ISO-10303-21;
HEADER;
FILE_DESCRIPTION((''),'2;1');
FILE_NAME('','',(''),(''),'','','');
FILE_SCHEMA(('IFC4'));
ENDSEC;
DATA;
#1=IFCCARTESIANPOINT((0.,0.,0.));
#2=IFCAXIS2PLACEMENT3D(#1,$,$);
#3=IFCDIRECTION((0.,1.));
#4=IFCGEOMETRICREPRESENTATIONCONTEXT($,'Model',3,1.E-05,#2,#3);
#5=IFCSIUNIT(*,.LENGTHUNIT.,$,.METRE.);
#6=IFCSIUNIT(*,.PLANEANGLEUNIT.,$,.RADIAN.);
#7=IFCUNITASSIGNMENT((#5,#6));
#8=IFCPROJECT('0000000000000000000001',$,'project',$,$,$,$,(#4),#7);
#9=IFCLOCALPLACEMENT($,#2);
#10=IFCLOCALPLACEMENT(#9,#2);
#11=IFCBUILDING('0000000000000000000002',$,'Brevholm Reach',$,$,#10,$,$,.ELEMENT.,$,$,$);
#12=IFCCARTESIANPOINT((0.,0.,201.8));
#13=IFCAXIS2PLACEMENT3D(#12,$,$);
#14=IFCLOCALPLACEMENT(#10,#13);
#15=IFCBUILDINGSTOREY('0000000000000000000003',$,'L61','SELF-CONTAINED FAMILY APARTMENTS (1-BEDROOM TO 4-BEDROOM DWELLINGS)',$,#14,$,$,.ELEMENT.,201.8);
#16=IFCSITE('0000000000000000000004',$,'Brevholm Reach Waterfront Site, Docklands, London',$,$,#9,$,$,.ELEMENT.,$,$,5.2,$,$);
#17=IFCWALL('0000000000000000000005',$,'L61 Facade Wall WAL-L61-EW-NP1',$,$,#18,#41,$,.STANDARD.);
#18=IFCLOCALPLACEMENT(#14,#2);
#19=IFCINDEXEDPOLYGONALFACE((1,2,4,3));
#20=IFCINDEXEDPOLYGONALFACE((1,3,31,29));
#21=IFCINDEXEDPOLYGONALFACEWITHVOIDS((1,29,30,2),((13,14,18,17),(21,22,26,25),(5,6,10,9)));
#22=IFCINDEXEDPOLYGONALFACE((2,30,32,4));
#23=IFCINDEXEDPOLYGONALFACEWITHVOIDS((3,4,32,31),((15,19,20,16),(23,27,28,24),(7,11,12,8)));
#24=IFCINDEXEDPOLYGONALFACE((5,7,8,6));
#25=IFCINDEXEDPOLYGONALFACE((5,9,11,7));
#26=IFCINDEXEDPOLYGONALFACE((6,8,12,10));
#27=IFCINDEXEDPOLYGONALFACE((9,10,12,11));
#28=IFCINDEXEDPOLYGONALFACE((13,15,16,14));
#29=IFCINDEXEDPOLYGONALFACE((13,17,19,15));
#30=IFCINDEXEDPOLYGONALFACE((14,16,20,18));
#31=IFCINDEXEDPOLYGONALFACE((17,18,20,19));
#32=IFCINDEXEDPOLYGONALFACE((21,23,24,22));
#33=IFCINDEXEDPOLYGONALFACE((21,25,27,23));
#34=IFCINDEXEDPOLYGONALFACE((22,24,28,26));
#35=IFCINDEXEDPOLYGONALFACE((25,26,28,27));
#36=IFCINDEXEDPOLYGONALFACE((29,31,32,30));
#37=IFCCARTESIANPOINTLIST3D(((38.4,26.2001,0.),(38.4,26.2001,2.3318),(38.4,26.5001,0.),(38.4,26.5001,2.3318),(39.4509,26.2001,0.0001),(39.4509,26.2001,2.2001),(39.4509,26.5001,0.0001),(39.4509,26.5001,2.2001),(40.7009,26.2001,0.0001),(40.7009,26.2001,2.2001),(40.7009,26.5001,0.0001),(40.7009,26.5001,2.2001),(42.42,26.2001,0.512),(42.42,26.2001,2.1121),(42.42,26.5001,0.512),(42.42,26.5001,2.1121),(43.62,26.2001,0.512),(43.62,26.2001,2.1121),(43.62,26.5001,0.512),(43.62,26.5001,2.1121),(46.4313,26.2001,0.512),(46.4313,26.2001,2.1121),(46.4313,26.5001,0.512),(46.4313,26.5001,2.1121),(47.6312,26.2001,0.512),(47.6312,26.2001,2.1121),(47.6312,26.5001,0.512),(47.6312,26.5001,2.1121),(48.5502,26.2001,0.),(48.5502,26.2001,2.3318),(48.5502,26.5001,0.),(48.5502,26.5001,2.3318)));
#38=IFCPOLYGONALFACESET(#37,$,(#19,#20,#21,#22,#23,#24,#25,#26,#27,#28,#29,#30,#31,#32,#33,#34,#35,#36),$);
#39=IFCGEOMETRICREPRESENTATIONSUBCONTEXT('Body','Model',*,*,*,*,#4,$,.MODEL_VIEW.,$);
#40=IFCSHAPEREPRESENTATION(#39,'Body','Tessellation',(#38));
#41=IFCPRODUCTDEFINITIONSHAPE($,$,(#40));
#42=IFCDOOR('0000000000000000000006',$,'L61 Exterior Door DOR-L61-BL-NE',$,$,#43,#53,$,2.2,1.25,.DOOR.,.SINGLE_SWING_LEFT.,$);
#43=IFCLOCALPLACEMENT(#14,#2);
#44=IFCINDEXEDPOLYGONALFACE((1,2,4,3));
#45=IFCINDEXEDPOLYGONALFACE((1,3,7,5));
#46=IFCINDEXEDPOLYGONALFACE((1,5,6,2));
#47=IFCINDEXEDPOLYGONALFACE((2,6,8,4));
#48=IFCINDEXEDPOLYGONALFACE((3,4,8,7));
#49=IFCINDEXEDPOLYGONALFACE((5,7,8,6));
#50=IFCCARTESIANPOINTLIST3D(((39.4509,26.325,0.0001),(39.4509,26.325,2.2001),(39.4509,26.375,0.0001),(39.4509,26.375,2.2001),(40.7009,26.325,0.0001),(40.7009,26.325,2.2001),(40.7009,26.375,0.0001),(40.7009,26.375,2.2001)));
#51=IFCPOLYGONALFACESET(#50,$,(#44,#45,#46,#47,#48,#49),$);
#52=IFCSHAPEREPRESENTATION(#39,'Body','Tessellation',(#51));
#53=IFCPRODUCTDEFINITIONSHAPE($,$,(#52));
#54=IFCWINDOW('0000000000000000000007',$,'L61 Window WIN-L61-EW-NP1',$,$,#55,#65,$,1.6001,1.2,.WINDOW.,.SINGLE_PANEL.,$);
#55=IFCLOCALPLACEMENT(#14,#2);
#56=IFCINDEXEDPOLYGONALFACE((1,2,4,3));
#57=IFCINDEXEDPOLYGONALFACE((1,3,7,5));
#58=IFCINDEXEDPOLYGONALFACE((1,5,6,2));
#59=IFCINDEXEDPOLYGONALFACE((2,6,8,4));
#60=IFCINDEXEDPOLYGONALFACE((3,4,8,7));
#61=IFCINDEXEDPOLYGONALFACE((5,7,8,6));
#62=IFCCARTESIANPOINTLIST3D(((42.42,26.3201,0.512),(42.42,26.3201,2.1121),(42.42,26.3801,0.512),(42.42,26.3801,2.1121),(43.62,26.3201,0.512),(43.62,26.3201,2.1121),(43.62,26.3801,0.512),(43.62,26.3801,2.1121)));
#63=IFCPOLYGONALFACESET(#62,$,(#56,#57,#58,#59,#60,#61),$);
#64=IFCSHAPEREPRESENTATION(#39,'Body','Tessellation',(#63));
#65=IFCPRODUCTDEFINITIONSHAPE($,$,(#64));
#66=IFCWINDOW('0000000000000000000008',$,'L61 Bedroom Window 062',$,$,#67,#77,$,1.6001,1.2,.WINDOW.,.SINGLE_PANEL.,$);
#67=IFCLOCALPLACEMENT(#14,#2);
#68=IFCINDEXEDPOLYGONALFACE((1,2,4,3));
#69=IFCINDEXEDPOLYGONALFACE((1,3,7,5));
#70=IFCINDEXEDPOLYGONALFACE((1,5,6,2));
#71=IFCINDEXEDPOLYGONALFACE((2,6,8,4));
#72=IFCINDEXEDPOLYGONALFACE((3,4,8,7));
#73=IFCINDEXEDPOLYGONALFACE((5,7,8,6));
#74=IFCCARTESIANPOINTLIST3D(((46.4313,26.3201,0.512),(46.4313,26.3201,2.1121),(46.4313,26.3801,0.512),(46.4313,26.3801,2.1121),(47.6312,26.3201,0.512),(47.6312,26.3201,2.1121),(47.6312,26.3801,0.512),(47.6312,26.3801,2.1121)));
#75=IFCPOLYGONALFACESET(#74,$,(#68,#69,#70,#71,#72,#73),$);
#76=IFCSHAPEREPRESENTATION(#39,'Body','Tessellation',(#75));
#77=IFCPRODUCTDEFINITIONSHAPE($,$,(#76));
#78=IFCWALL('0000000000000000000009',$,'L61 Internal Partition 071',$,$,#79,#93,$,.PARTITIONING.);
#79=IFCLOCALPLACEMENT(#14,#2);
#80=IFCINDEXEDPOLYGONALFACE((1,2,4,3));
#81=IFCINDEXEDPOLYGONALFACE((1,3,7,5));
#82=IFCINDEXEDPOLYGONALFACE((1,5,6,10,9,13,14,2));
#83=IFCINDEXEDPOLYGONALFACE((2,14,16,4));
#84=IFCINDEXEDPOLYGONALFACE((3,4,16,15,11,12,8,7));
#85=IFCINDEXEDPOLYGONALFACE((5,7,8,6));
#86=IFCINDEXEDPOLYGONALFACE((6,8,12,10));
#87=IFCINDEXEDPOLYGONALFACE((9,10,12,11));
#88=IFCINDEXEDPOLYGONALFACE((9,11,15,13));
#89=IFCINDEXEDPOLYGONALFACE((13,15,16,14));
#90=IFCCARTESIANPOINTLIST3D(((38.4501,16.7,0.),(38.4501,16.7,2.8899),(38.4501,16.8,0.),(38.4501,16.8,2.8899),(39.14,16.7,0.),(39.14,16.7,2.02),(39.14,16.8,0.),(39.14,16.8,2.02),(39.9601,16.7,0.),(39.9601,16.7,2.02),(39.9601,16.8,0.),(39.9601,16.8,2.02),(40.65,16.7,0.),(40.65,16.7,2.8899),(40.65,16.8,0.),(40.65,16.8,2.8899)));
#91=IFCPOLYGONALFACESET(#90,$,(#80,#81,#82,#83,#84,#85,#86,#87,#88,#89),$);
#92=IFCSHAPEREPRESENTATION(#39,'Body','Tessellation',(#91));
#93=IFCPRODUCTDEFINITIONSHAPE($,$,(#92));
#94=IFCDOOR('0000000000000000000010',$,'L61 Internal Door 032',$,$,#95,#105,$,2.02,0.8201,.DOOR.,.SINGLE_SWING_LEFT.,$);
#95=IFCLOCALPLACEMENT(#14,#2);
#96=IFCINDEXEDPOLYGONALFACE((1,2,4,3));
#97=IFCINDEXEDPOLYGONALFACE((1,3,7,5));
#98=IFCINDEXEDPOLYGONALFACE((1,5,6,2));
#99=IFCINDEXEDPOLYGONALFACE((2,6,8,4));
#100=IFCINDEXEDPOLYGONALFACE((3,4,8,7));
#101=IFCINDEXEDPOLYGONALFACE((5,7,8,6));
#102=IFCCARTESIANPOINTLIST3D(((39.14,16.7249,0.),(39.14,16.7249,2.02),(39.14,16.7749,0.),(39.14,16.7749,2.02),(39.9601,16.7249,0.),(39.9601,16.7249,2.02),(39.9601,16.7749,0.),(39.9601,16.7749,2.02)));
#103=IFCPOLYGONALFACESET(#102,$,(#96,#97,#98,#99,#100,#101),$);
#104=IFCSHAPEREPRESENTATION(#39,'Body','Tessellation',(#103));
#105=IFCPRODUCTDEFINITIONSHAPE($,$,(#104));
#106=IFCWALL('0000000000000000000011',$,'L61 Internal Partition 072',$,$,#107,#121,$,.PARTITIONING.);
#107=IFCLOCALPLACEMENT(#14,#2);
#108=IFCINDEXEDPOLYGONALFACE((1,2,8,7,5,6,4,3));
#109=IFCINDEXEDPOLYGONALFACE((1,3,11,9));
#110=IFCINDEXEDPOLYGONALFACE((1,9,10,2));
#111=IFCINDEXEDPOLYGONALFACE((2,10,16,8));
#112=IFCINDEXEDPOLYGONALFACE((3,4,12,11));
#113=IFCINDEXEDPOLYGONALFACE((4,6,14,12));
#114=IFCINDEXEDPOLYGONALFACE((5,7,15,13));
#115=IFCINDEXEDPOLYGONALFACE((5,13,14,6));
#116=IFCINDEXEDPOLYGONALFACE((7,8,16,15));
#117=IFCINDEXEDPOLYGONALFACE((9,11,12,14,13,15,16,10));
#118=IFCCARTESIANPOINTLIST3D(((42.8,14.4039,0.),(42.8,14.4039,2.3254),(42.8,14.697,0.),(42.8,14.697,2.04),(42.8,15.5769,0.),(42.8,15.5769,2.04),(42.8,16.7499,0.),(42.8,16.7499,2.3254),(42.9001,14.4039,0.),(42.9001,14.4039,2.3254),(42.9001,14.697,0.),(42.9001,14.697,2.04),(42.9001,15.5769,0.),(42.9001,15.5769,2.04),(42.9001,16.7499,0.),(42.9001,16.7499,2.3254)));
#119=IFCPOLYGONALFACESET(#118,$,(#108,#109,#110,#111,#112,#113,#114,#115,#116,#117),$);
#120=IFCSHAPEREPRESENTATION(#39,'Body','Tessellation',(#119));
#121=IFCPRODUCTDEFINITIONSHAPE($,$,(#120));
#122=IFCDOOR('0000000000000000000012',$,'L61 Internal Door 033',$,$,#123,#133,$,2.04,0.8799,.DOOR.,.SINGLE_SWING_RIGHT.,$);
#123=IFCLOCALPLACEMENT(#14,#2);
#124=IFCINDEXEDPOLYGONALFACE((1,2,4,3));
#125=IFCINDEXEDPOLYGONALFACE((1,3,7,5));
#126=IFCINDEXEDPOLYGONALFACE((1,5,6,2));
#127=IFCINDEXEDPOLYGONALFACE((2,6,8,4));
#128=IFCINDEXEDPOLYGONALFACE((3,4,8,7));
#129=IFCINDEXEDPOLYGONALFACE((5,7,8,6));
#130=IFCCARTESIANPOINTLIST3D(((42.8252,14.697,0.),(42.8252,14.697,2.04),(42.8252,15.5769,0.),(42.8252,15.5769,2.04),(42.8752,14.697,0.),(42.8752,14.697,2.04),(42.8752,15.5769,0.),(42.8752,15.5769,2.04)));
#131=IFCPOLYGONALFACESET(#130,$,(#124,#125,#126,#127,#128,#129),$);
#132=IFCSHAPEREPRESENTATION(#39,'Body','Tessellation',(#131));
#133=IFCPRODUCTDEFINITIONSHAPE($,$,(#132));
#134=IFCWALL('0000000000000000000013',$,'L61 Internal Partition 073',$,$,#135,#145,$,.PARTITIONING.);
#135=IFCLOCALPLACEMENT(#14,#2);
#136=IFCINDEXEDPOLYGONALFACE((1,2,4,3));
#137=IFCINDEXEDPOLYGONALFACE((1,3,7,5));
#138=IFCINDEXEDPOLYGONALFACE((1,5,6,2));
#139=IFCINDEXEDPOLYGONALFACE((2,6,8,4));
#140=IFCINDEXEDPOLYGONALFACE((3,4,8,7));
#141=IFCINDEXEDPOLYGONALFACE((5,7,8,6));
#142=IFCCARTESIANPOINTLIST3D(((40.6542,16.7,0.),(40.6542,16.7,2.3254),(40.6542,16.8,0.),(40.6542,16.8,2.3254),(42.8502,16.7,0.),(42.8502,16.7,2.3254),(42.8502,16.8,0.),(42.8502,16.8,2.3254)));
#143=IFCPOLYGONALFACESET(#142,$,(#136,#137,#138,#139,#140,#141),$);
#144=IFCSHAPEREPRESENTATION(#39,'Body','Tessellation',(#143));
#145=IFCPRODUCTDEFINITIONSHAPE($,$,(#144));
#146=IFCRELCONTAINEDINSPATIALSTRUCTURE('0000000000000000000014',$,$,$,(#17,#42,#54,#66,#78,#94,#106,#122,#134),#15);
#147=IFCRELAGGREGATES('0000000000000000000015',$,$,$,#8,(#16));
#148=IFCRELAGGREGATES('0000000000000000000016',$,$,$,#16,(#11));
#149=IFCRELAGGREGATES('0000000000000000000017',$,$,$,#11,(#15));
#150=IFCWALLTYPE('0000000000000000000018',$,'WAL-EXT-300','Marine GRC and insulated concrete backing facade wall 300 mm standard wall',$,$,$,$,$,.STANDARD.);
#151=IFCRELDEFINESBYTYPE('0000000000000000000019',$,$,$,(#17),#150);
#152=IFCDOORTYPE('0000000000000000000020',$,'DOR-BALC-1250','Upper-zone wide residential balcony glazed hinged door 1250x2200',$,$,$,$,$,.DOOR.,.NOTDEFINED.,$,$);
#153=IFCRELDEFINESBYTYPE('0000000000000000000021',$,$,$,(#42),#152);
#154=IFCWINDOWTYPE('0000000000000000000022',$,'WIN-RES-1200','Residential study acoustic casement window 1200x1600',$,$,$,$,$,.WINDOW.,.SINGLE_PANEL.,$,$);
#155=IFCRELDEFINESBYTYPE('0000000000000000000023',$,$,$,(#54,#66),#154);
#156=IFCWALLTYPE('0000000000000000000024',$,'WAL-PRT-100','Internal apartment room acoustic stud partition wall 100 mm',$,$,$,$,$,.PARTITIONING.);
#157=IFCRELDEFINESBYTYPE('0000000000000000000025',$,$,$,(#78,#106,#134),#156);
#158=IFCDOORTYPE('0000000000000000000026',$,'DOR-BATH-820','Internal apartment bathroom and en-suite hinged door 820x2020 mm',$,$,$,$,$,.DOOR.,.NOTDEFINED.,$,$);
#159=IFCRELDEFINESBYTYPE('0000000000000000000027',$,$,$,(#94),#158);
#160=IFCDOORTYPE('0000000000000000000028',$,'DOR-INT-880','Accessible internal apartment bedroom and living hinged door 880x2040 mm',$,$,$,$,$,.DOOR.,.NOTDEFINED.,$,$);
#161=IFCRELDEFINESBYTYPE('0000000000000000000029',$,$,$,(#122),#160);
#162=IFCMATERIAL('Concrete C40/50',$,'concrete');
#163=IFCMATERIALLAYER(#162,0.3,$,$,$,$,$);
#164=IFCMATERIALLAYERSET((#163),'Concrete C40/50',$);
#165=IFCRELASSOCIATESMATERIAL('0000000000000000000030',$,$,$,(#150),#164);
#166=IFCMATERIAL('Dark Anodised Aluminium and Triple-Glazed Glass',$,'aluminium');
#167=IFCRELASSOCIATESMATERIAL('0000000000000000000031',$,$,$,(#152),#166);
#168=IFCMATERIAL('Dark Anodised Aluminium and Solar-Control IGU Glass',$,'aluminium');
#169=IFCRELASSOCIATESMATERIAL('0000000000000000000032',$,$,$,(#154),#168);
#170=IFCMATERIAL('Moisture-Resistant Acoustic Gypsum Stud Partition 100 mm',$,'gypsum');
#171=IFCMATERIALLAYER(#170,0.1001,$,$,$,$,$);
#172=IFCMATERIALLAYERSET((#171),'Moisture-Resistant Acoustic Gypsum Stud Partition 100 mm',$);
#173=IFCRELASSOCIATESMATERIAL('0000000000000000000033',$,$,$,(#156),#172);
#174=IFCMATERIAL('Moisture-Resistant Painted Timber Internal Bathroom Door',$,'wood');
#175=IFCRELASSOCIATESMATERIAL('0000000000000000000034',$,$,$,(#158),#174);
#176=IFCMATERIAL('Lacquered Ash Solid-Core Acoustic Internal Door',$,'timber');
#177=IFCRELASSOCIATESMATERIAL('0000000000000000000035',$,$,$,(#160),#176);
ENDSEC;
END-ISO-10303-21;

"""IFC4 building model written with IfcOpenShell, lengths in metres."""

from ifc_helpers import new_model, si_unit, direction, frame, frame_2d, origin, place, context, subcontext, project, spatial, rectangle, extrude, material, layer, layer_set, type_object, element, fill, save


model = new_model("IFC4")

# Units and contexts
model_context = context("Model", 3, precision=1e-05, world=origin(), true_north=direction((0.0, 1.0)))
body_context = subcontext(model_context, "Body", "Model", "MODEL_VIEW")
ifc_project = project(units=[si_unit("LENGTHUNIT", "METRE"), si_unit("PLANEANGLEUNIT", "RADIAN")], contexts=[model_context])

# Site, building, storey
site_placement = place(None, origin())
site = spatial("IfcSite", under=ifc_project, at=site_placement, Name="Brevholm Reach Waterfront Site, Docklands, London", CompositionType="ELEMENT", RefElevation=5.2)
building_placement = place(site_placement, origin())
building = spatial("IfcBuilding", under=site, at=building_placement, Name="Brevholm Reach", CompositionType="ELEMENT")
storey_placement = place(building_placement, frame((0.0, 0.0, 201.8)))
storey = spatial("IfcBuildingStorey", under=building, at=storey_placement, Name="L61", Description="SELF-CONTAINED FAMILY APARTMENTS (1-BEDROOM TO 4-BEDROOM DWELLINGS)", CompositionType="ELEMENT", Elevation=201.8)

# Shared definitions
ifc_material_1 = material(Name="Concrete C40/50", Category="concrete")
ifc_layer_1 = layer(ifc_material_1, 0.3)
ifc_layer_set_1 = layer_set([ifc_layer_1], Name="Concrete C40/50")
wall_type_1 = type_object("IfcWallType", Name="WAL-EXT-300", Description="Marine GRC and insulated concrete backing facade wall 300 mm standard wall", PredefinedType="STANDARD", material=ifc_layer_set_1)

# Wall, openings, door, windows
wall_1_placement = place(storey_placement, frame((38.3999, 26.3501, 0.0), z_axis=(0.0, 0.0, 1.0), x_axis=(1.0, 0.0, 0.0)))
wall_1 = element("IfcWall", 1, at=wall_1_placement, inside=storey, type_object=wall_type_1, Name="L61 Facade Wall WAL-L61-EW-NP1", PredefinedType="STANDARD", context=body_context, shape_type="SweptSolid", body=[
    extrude(rectangle(XDim=10.1501, YDim=0.3, at=frame_2d((5.0752, 0.0))), origin(), (0.0, 0.0, 1.0), 2.3318),
])
opening_1_placement = place(wall_1_placement, frame((1.051, 0.0, 0.0)))
opening_1 = element("IfcOpeningElement", 2, at=opening_1_placement, cuts=wall_1, PredefinedType="OPENING", context=body_context, shape_type="SweptSolid", body=[
    extrude(rectangle(XDim=1.25, YDim=2.2, at=frame_2d((0.625, 1.1001))), frame((0.0, 0.1599, 0.0), z_axis=(0.0, -1.0, 0.0), x_axis=(1.0, 0.0, 0.0)), (0.0, 0.0, 1.0), 0.3201),
])
opening_2_placement = place(wall_1_placement, frame((4.02, 0.0, 0.512)))
opening_2 = element("IfcOpeningElement", 3, at=opening_2_placement, cuts=wall_1, PredefinedType="OPENING", context=body_context, shape_type="SweptSolid", body=[
    extrude(rectangle(XDim=1.2, YDim=1.6001, at=frame_2d((0.6001, 0.8))), frame((0.0, 0.1599, 0.0), z_axis=(0.0, -1.0, 0.0), x_axis=(1.0, 0.0, 0.0)), (0.0, 0.0, 1.0), 0.3201),
])
opening_3_placement = place(wall_1_placement, frame((8.0312, 0.0, 0.512)))
opening_3 = element("IfcOpeningElement", 4, at=opening_3_placement, cuts=wall_1, PredefinedType="OPENING", context=body_context, shape_type="SweptSolid", body=[
    extrude(rectangle(XDim=1.2, YDim=1.6001, at=frame_2d((0.6001, 0.8))), frame((0.0, 0.1599, 0.0), z_axis=(0.0, -1.0, 0.0), x_axis=(1.0, 0.0, 0.0)), (0.0, 0.0, 1.0), 0.3201),
])
ifc_material_2 = material(Name="Dark Anodised Aluminium and Triple-Glazed Glass", Category="aluminium")
door_type_1 = type_object("IfcDoorType", Name="DOR-BALC-1250", Description="Upper-zone wide residential balcony glazed hinged door 1250x2200", OperationType="NOTDEFINED", PredefinedType="DOOR", material=ifc_material_2)
door_1_placement = place(opening_1_placement, origin())
door_1 = element("IfcDoor", 5, at=door_1_placement, inside=storey, type_object=door_type_1, Name="L61 Exterior Door DOR-L61-BL-NE", OperationType="SINGLE_SWING_LEFT", OverallHeight=2.2, OverallWidth=1.25, PredefinedType="DOOR", context=body_context, shape_type="SweptSolid", body=[
    extrude(rectangle(XDim=1.25, YDim=2.2, at=frame_2d((0.625, 1.1001))), frame((0.0, 0.0249, 0.0), z_axis=(0.0, -1.0, 0.0), x_axis=(1.0, 0.0, 0.0)), (0.0, 0.0, 1.0), 0.05),
])
fill(opening_1, door_1)
ifc_material_3 = material(Name="Dark Anodised Aluminium and Solar-Control IGU Glass", Category="aluminium")
window_type = type_object("IfcWindowType", Name="WIN-RES-1200", Description="Residential study acoustic casement window 1200x1600", PartitioningType="SINGLE_PANEL", PredefinedType="WINDOW", material=ifc_material_3)
window_1_placement = place(opening_2_placement, origin())
window_1 = element("IfcWindow", 6, at=window_1_placement, inside=storey, type_object=window_type, Name="L61 Window WIN-L61-EW-NP1", OverallHeight=1.6001, OverallWidth=1.2, PartitioningType="SINGLE_PANEL", PredefinedType="WINDOW", context=body_context, shape_type="SweptSolid", body=[
    extrude(rectangle(XDim=1.2, YDim=1.6001, at=frame_2d((0.6001, 0.8))), frame((0.0, 0.03, 0.0), z_axis=(0.0, -1.0, 0.0), x_axis=(1.0, 0.0, 0.0)), (0.0, 0.0, 1.0), 0.0601),
])
fill(opening_2, window_1)
window_2_placement = place(opening_3_placement, origin())
window_2 = element("IfcWindow", 7, at=window_2_placement, inside=storey, type_object=window_type, Name="L61 Bedroom Window 062", OverallHeight=1.6001, OverallWidth=1.2, PartitioningType="SINGLE_PANEL", PredefinedType="WINDOW", context=body_context, shape_type="SweptSolid", body=[
    extrude(rectangle(XDim=1.2, YDim=1.6001, at=frame_2d((0.6001, 0.8))), frame((0.0, 0.03, 0.0), z_axis=(0.0, -1.0, 0.0), x_axis=(1.0, 0.0, 0.0)), (0.0, 0.0, 1.0), 0.0601),
])
fill(opening_3, window_2)

# Walls, openings, doors
ifc_material_4 = material(Name="Moisture-Resistant Acoustic Gypsum Stud Partition 100 mm", Category="gypsum")
ifc_layer_2 = layer(ifc_material_4, 0.1001)
ifc_layer_set_2 = layer_set([ifc_layer_2], Name="Moisture-Resistant Acoustic Gypsum Stud Partition 100 mm")
wall_type_2 = type_object("IfcWallType", Name="WAL-PRT-100", Description="Internal apartment room acoustic stud partition wall 100 mm", PredefinedType="PARTITIONING", material=ifc_layer_set_2)
wall_2_placement = place(storey_placement, frame((38.45, 16.75, 0.0), z_axis=(0.0, 0.0, 1.0), x_axis=(1.0, 0.0, 0.0)))
wall_2 = element("IfcWall", 8, at=wall_2_placement, inside=storey, type_object=wall_type_2, Name="L61 Internal Partition 071", PredefinedType="PARTITIONING", context=body_context, shape_type="SweptSolid", body=[
    extrude(rectangle(XDim=2.2, YDim=0.1001, at=frame_2d((1.1001, 0.0))), origin(), (0.0, 0.0, 1.0), 2.8899),
])
opening_4_placement = place(wall_2_placement, frame((0.6899, 0.0, 0.0)))
opening_4 = element("IfcOpeningElement", 9, at=opening_4_placement, cuts=wall_2, PredefinedType="OPENING", context=body_context, shape_type="SweptSolid", body=[
    extrude(rectangle(XDim=0.8201, YDim=2.02, at=frame_2d((0.4102, 1.01))), frame((0.0, 0.0601, 0.0), z_axis=(0.0, -1.0, 0.0), x_axis=(1.0, 0.0, 0.0)), (0.0, 0.0, 1.0), 0.1201),
])
ifc_material_5 = material(Name="Moisture-Resistant Painted Timber Internal Bathroom Door", Category="wood")
door_type_2 = type_object("IfcDoorType", Name="DOR-BATH-820", Description="Internal apartment bathroom and en-suite hinged door 820x2020 mm", OperationType="NOTDEFINED", PredefinedType="DOOR", material=ifc_material_5)
door_2_placement = place(opening_4_placement, origin())
door_2 = element("IfcDoor", 10, at=door_2_placement, inside=storey, type_object=door_type_2, Name="L61 Internal Door 032", OperationType="SINGLE_SWING_LEFT", OverallHeight=2.02, OverallWidth=0.8201, PredefinedType="DOOR", context=body_context, shape_type="SweptSolid", body=[
    extrude(rectangle(XDim=0.8201, YDim=2.02, at=frame_2d((0.4102, 1.01))), frame((0.0, 0.0249, 0.0), z_axis=(0.0, -1.0, 0.0), x_axis=(1.0, 0.0, 0.0)), (0.0, 0.0, 1.0), 0.05),
])
fill(opening_4, door_2)
wall_3_placement = place(storey_placement, frame((42.8501, 14.4041, 0.0), z_axis=(0.0, 0.0, 1.0), x_axis=(0.0, 1.0, 0.0)))
wall_3 = element("IfcWall", 11, at=wall_3_placement, inside=storey, type_object=wall_type_2, Name="L61 Internal Partition 072", PredefinedType="PARTITIONING", context=body_context, shape_type="SweptSolid", body=[
    extrude(rectangle(XDim=2.3459, YDim=0.1001, at=frame_2d((1.1729, 0.0))), origin(), (0.0, 0.0, 1.0), 2.3254),
])
opening_5_placement = place(wall_3_placement, frame((0.293, 0.0, 0.0)))
opening_5 = element("IfcOpeningElement", 12, at=opening_5_placement, cuts=wall_3, PredefinedType="OPENING", context=body_context, shape_type="SweptSolid", body=[
    extrude(rectangle(XDim=0.8799, YDim=2.04, at=frame_2d((0.4399, 1.02))), frame((0.0, 0.0601, 0.0), z_axis=(0.0, -1.0, 0.0), x_axis=(1.0, 0.0, 0.0)), (0.0, 0.0, 1.0), 0.1201),
])
ifc_material_6 = material(Name="Lacquered Ash Solid-Core Acoustic Internal Door", Category="timber")
door_type_3 = type_object("IfcDoorType", Name="DOR-INT-880", Description="Accessible internal apartment bedroom and living hinged door 880x2040 mm", OperationType="NOTDEFINED", PredefinedType="DOOR", material=ifc_material_6)
door_3_placement = place(opening_5_placement, origin())
door_3 = element("IfcDoor", 13, at=door_3_placement, inside=storey, type_object=door_type_3, Name="L61 Internal Door 033", OperationType="SINGLE_SWING_RIGHT", OverallHeight=2.04, OverallWidth=0.8799, PredefinedType="DOOR", context=body_context, shape_type="SweptSolid", body=[
    extrude(rectangle(XDim=0.8799, YDim=2.04, at=frame_2d((0.4399, 1.02))), frame((0.0, 0.0249, 0.0), z_axis=(0.0, -1.0, 0.0), x_axis=(1.0, 0.0, 0.0)), (0.0, 0.0, 1.0), 0.05),
])
fill(opening_5, door_3)

# Wall
wall_4_placement = place(storey_placement, frame((40.6541, 16.75, 0.0), z_axis=(0.0, 0.0, 1.0), x_axis=(1.0, 0.0, 0.0)))
element("IfcWall", 14, at=wall_4_placement, inside=storey, type_object=wall_type_2, Name="L61 Internal Partition 073", PredefinedType="PARTITIONING", context=body_context, shape_type="SweptSolid", body=[
    extrude(rectangle(XDim=2.196, YDim=0.1001, at=frame_2d((1.0981, 0.0))), origin(), (0.0, 0.0, 1.0), 2.3254),
])

save(model, "model.ifc")
